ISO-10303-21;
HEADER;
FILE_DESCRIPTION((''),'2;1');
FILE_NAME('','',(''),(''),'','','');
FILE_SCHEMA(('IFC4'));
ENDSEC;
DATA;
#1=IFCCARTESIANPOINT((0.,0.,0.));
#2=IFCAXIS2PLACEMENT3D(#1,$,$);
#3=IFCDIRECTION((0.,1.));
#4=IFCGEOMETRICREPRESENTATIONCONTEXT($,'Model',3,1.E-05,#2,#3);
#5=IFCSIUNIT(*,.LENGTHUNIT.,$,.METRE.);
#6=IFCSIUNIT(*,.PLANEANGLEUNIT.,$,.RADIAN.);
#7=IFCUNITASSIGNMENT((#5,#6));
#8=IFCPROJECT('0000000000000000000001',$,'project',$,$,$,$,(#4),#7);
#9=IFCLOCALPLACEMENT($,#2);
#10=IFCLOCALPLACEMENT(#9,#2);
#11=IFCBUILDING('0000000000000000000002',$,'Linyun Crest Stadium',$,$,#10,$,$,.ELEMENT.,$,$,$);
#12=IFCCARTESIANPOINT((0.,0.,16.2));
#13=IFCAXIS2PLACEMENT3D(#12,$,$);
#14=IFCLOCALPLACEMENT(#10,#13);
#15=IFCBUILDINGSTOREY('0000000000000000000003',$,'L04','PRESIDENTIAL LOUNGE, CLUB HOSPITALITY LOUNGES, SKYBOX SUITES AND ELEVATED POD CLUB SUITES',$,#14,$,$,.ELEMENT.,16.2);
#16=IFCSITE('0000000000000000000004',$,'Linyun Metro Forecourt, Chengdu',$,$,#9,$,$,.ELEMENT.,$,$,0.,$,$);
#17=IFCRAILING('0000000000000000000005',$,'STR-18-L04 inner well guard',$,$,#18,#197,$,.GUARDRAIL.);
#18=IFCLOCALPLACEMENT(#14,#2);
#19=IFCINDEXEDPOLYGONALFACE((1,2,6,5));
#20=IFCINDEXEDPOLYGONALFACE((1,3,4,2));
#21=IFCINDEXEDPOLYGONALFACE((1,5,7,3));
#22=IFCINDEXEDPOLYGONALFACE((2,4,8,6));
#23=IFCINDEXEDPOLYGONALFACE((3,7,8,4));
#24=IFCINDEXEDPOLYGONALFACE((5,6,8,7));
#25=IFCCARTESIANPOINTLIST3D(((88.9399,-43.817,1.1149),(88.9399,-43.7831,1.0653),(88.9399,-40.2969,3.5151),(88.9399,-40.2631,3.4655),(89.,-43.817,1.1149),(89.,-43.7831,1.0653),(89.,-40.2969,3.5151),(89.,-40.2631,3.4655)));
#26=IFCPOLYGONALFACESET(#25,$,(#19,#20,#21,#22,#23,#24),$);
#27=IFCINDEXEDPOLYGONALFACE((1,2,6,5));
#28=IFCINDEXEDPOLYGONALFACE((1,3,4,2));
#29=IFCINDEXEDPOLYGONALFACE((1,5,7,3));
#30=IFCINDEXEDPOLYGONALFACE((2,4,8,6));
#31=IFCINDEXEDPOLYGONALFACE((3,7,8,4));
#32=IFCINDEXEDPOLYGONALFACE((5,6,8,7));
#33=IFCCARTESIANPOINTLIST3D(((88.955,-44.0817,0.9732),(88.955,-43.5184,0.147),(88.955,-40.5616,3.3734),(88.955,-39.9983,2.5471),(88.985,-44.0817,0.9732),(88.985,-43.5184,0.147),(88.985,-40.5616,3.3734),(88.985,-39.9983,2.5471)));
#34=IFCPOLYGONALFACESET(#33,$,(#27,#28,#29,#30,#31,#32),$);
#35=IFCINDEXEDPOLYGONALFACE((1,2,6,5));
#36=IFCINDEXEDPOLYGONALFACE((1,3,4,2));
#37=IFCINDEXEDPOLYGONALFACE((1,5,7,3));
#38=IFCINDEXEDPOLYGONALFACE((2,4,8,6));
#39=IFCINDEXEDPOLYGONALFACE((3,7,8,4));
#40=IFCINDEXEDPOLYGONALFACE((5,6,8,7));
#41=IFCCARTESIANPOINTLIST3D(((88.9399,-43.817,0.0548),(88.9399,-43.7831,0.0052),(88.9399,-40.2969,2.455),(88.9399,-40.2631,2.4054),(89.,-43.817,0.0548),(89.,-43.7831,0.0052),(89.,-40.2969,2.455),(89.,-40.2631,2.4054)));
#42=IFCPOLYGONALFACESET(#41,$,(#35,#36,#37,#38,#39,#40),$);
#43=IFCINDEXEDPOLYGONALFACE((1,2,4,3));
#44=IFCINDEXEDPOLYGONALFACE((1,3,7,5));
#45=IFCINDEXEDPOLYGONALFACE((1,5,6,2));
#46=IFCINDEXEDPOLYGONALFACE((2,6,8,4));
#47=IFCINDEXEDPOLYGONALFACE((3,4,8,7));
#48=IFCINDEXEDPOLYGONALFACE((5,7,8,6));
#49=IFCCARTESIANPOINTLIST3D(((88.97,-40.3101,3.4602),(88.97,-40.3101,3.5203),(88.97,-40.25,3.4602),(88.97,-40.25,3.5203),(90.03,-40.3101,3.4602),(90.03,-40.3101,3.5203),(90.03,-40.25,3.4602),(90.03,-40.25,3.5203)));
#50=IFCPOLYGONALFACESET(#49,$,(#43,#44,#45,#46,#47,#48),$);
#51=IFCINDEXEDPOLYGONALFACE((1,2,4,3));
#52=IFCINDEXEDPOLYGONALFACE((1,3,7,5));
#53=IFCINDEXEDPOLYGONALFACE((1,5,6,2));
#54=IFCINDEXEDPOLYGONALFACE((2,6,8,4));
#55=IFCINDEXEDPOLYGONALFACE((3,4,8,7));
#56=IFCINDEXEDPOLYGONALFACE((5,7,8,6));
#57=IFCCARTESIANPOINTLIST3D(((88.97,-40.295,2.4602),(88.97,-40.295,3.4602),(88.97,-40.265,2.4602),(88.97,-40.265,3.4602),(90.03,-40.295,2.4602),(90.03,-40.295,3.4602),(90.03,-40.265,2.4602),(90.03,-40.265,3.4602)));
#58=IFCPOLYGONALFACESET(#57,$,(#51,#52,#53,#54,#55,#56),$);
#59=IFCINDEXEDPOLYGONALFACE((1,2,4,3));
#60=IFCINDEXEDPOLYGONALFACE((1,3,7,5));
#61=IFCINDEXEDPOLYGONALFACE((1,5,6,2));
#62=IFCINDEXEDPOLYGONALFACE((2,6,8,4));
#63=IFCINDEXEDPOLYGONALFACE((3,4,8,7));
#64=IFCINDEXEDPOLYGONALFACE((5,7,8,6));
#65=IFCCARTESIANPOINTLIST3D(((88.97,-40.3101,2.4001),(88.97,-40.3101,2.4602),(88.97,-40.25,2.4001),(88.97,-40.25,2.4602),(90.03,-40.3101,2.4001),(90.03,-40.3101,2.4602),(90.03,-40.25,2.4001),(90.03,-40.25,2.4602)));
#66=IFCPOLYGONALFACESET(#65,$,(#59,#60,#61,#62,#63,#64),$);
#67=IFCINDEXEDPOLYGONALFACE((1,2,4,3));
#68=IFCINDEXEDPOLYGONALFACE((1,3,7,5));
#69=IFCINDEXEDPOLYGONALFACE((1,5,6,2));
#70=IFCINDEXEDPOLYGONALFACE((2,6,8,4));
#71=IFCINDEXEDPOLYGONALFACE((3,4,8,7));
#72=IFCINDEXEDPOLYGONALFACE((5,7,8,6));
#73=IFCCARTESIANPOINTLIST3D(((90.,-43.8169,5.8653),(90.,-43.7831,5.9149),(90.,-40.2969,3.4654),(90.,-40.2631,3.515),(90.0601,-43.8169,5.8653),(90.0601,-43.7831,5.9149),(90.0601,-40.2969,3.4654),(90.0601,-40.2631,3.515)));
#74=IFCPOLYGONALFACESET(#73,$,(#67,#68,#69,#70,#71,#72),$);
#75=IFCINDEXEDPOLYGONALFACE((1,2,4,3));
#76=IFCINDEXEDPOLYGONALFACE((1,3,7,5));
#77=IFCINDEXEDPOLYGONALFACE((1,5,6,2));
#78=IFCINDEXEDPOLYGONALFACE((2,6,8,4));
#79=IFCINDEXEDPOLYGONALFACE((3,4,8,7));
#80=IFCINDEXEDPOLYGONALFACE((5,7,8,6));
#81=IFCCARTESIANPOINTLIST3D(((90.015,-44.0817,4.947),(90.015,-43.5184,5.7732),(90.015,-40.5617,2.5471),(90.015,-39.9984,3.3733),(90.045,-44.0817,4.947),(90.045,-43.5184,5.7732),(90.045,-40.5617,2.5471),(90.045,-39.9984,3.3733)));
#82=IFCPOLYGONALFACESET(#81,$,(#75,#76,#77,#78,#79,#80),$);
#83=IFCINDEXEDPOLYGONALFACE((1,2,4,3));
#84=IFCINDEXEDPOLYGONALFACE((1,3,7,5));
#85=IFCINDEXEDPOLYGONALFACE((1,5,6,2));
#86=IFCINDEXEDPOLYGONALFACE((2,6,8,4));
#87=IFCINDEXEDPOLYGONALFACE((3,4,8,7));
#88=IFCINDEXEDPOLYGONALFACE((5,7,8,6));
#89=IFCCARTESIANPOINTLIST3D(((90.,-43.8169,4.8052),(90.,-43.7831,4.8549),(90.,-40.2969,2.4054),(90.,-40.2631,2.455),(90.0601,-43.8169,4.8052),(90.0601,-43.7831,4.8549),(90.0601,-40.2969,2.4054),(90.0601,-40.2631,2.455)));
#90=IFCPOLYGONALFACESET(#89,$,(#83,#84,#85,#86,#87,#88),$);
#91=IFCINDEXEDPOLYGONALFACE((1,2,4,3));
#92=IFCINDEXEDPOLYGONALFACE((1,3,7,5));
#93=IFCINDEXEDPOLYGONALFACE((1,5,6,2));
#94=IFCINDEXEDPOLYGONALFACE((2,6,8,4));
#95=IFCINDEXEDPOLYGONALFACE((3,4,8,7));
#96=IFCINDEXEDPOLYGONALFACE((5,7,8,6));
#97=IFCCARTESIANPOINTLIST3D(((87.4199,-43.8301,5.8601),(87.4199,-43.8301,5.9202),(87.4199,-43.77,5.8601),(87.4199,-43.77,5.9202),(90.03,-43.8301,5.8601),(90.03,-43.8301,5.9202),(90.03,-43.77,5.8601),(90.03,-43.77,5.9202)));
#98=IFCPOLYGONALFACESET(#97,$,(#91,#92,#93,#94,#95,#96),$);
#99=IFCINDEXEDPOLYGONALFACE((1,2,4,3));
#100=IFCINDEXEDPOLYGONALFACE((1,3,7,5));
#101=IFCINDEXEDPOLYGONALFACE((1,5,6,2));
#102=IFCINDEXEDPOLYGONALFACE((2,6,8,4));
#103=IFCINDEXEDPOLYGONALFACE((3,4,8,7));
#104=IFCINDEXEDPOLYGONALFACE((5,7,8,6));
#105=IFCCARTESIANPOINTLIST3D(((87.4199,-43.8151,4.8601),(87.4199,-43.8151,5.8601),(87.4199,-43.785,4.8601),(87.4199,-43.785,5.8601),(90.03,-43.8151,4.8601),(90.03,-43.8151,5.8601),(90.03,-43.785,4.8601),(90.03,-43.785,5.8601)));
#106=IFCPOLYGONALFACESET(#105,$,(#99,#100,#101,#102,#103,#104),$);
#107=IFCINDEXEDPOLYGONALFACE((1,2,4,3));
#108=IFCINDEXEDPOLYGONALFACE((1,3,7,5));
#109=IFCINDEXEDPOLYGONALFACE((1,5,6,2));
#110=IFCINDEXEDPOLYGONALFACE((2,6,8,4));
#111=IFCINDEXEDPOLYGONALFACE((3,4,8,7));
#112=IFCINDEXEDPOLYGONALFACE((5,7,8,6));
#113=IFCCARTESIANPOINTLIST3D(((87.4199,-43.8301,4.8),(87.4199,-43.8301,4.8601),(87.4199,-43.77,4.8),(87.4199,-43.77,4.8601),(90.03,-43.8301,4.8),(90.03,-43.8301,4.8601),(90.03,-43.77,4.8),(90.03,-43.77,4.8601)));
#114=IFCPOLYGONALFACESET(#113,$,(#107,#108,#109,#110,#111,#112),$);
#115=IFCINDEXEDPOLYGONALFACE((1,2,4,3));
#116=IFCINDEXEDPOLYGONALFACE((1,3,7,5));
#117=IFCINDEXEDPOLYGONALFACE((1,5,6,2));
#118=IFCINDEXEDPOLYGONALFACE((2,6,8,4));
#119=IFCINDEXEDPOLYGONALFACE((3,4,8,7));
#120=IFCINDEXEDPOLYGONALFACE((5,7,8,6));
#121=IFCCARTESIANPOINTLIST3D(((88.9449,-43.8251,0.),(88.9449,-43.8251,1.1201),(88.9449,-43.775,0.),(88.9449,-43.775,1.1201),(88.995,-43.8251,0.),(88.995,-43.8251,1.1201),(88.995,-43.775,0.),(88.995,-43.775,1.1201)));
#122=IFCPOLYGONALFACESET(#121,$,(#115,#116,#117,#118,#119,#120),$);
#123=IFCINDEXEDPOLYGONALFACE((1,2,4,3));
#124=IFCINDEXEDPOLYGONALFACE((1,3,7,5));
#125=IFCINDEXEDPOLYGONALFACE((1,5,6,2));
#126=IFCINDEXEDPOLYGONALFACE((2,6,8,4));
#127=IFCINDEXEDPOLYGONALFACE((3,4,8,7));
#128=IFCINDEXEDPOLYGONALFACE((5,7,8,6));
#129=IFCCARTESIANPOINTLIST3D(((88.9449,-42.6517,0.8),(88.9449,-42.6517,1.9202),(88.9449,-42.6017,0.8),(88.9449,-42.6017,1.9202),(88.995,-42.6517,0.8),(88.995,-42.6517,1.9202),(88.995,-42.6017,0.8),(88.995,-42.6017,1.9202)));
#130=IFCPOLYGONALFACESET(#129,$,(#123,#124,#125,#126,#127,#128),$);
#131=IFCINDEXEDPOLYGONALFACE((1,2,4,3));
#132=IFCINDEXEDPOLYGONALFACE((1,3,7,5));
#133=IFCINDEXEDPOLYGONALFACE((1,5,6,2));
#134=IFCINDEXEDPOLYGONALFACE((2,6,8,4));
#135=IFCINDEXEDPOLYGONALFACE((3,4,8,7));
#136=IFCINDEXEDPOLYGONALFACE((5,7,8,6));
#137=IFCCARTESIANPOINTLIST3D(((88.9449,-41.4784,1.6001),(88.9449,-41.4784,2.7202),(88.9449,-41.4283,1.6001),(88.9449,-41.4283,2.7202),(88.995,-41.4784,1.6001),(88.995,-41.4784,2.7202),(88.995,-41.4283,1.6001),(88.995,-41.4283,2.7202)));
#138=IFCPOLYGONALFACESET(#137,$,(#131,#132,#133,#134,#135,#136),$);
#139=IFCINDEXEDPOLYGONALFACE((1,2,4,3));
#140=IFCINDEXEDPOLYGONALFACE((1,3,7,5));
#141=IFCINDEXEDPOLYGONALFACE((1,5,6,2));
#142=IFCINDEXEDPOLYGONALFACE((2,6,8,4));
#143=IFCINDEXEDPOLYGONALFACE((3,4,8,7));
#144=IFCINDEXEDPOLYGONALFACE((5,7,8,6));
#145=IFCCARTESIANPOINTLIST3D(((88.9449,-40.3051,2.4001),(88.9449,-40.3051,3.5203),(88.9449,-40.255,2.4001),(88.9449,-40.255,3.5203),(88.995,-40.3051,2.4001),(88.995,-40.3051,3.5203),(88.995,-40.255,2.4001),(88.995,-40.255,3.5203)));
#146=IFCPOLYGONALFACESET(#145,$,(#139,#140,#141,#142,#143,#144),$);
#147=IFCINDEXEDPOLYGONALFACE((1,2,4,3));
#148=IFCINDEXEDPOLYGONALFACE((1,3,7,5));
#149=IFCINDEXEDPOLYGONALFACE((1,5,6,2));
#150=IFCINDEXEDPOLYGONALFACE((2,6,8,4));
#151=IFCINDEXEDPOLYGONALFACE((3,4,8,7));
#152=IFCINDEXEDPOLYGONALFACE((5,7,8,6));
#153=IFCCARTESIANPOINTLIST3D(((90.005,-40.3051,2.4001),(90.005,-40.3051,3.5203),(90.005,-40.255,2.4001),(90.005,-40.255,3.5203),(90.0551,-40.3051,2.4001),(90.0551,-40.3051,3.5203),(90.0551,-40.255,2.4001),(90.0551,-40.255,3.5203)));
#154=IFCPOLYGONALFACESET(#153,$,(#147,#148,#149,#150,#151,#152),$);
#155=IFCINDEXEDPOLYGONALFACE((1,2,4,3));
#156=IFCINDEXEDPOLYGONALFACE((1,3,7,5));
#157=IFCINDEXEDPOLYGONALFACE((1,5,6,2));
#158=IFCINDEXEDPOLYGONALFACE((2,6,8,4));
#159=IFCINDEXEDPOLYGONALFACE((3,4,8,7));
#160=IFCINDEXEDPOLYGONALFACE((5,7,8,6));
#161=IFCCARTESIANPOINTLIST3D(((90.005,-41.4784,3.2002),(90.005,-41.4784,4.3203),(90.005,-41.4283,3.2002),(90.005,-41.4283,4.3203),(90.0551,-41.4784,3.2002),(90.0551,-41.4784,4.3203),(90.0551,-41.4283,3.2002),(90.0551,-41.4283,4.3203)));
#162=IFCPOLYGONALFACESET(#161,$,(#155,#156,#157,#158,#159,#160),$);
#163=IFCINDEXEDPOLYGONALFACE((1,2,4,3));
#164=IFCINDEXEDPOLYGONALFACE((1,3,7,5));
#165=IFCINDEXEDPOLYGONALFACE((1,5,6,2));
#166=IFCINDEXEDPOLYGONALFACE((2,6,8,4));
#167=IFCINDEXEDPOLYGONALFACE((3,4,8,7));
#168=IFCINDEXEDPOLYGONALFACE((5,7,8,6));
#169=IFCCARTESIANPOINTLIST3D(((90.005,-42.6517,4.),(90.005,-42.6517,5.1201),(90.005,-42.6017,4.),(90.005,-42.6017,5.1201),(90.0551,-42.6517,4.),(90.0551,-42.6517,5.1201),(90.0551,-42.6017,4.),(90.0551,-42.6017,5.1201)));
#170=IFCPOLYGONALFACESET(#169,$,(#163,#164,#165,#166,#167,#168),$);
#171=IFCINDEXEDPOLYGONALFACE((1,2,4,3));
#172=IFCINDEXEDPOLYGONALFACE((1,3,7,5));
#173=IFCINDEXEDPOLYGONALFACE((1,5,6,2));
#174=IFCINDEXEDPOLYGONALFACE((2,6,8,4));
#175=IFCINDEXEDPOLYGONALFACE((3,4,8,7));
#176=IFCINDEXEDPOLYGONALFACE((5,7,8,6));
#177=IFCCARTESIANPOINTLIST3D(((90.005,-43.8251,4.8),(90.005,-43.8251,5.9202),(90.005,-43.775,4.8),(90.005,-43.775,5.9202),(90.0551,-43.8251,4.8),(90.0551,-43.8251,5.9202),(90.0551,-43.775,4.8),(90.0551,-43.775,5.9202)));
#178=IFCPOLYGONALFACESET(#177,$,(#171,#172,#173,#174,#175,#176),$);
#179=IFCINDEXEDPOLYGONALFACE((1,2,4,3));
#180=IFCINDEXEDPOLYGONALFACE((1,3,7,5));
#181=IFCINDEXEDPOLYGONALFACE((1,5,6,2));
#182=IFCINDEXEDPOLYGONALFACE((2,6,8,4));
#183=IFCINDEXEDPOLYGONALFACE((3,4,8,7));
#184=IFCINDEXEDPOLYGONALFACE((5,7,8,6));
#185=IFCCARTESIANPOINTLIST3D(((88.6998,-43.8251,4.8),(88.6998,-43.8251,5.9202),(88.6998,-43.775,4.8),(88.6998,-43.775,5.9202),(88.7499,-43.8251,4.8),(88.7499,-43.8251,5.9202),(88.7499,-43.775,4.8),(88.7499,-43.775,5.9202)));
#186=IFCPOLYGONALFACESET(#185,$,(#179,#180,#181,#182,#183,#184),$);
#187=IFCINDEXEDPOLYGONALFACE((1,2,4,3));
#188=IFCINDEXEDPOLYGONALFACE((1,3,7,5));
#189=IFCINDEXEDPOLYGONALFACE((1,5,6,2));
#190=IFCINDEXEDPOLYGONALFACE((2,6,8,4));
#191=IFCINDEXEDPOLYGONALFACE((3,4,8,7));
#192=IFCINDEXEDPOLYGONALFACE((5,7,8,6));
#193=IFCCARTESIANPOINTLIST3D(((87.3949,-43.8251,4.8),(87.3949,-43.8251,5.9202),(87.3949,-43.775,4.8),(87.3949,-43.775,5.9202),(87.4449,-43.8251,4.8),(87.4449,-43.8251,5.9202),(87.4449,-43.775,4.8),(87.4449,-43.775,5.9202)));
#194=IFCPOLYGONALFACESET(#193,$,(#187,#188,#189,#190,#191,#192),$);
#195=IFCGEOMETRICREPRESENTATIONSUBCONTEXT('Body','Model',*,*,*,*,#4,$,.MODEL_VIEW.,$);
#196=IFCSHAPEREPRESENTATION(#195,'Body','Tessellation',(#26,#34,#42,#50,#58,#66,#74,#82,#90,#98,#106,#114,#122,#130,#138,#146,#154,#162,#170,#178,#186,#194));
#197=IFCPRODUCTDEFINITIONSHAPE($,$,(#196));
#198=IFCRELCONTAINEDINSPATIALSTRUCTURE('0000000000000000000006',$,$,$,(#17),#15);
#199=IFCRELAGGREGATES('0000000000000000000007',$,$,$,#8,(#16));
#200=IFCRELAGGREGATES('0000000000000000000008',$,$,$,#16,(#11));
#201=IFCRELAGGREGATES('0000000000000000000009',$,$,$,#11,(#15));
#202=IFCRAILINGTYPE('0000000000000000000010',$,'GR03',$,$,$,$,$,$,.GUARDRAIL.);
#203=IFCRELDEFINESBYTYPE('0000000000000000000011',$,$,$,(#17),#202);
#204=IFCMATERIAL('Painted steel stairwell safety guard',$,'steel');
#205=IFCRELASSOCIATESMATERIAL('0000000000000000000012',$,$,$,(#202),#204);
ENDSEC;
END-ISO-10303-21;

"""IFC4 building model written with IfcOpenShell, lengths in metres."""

from ifc_helpers import new_model, si_unit, direction, frame, origin, origin_2d, place, context, subcontext, project, spatial, rectangle, extrude, material, type_object, element, save


model = new_model("IFC4")

# Units and contexts
model_context = context("Model", 3, precision=1e-05, world=origin(), true_north=direction((0.0, 1.0)))
body_context = subcontext(model_context, "Body", "Model", "MODEL_VIEW")
ifc_project = project(units=[si_unit("LENGTHUNIT", "METRE"), si_unit("PLANEANGLEUNIT", "RADIAN")], contexts=[model_context])

# Site, building, storey
site_placement = place(None, origin())
site = spatial("IfcSite", under=ifc_project, at=site_placement, Name="Linyun Metro Forecourt, Chengdu", CompositionType="ELEMENT", RefElevation=0.0)
building_placement = place(site_placement, origin())
building = spatial("IfcBuilding", under=site, at=building_placement, Name="Linyun Crest Stadium", CompositionType="ELEMENT")
storey_placement = place(building_placement, frame((0.0, 0.0, 16.2)))
storey = spatial("IfcBuildingStorey", under=building, at=storey_placement, Name="L04", Description="PRESIDENTIAL LOUNGE, CLUB HOSPITALITY LOUNGES, SKYBOX SUITES AND ELEVATED POD CLUB SUITES", CompositionType="ELEMENT", Elevation=16.2)

# Railing
ifc_material_1 = material(Name="Painted steel stairwell safety guard", Category="steel")
railing_type_1 = type_object("IfcRailingType", Name="GR03", PredefinedType="GUARDRAIL", material=ifc_material_1)
railing_1_placement = place(storey_placement, frame((88.97, -43.8, 0.0)))
element("IfcRailing", 1, at=railing_1_placement, inside=storey, type_object=railing_type_1, Name="STR-18-L04 inner well guard", PredefinedType="GUARDRAIL", context=body_context, shape_type="SweptSolid", body=[
    extrude(rectangle(XDim=0.0601, YDim=0.0601, at=origin_2d()), frame((0.0, 0.0, 1.0901), z_axis=(0.0, 0.826213, 0.563358), x_axis=(-1.0, 0.0, 0.0)), (0.0, 0.0, 1.0), 4.2605),
    extrude(rectangle(XDim=0.03, YDim=1.0, at=origin_2d()), frame((0.0, 0.0, 0.5601), z_axis=(0.0, 0.826213, 0.563358), x_axis=(-1.0, 0.0, 0.0)), (0.0, 0.0, 1.0), 4.2605),
    extrude(rectangle(XDim=0.0601, YDim=0.0601, at=origin_2d()), frame((0.0, 0.0, 0.03), z_axis=(0.0, 0.826213, 0.563358), x_axis=(-1.0, 0.0, 0.0)), (0.0, 0.0, 1.0), 4.2605),
    extrude(rectangle(XDim=0.0601, YDim=0.0601, at=origin_2d()), frame((0.0, 3.52, 3.4902), z_axis=(1.0, 0.0, 0.0), x_axis=(0.0, 1.0, 0.0)), (0.0, 0.0, 1.0), 1.0601),
    extrude(rectangle(XDim=0.03, YDim=1.0, at=origin_2d()), frame((0.0, 3.52, 2.9602), z_axis=(1.0, 0.0, 0.0), x_axis=(0.0, 1.0, 0.0)), (0.0, 0.0, 1.0), 1.0601),
    extrude(rectangle(XDim=0.0601, YDim=0.0601, at=origin_2d()), frame((0.0, 3.52, 2.4302), z_axis=(1.0, 0.0, 0.0), x_axis=(0.0, 1.0, 0.0)), (0.0, 0.0, 1.0), 1.0601),
    extrude(rectangle(XDim=0.0601, YDim=0.0601, at=origin_2d()), frame((1.0601, 3.52, 3.4902), z_axis=(0.0, -0.826239, 0.563319), x_axis=(1.0, 0.0, 0.0)), (0.0, 0.0, 1.0), 4.2603),
    extrude(rectangle(XDim=0.03, YDim=1.0, at=origin_2d()), frame((1.0601, 3.52, 2.9602), z_axis=(0.0, -0.826239, 0.563319), x_axis=(1.0, 0.0, 0.0)), (0.0, 0.0, 1.0), 4.2603),
    extrude(rectangle(XDim=0.0601, YDim=0.0601, at=origin_2d()), frame((1.0601, 3.52, 2.4302), z_axis=(0.0, -0.826239, 0.563319), x_axis=(1.0, 0.0, 0.0)), (0.0, 0.0, 1.0), 4.2603),
    extrude(rectangle(XDim=0.0601, YDim=0.0601, at=origin_2d()), frame((1.0601, 0.0, 5.8901), z_axis=(-1.0, 0.0, 0.0), x_axis=(0.0, -1.0, 0.0)), (0.0, 0.0, 1.0), 2.6101),
    extrude(rectangle(XDim=0.03, YDim=1.0, at=origin_2d()), frame((1.0601, 0.0, 5.3601), z_axis=(-1.0, 0.0, 0.0), x_axis=(0.0, -1.0, 0.0)), (0.0, 0.0, 1.0), 2.6101),
    extrude(rectangle(XDim=0.0601, YDim=0.0601, at=origin_2d()), frame((1.0601, 0.0, 4.8301), z_axis=(-1.0, 0.0, 0.0), x_axis=(0.0, -1.0, 0.0)), (0.0, 0.0, 1.0), 2.6101),
    extrude(rectangle(XDim=0.05, YDim=0.05, at=origin_2d()), origin(), (0.0, 0.0, 1.0), 1.1201),
    extrude(rectangle(XDim=0.05, YDim=0.05, at=origin_2d()), frame((0.0, 1.1733, 0.8)), (0.0, 0.0, 1.0), 1.1201),
    extrude(rectangle(XDim=0.05, YDim=0.05, at=origin_2d()), frame((0.0, 2.3467, 1.6001)), (0.0, 0.0, 1.0), 1.1201),
    extrude(rectangle(XDim=0.05, YDim=0.05, at=origin_2d()), frame((0.0, 3.52, 2.4001)), (0.0, 0.0, 1.0), 1.1201),
    extrude(rectangle(XDim=0.05, YDim=0.05, at=origin_2d()), frame((1.0601, 3.52, 2.4001)), (0.0, 0.0, 1.0), 1.1201),
    extrude(rectangle(XDim=0.05, YDim=0.05, at=origin_2d()), frame((1.0601, 2.3467, 3.2002)), (0.0, 0.0, 1.0), 1.1201),
    extrude(rectangle(XDim=0.05, YDim=0.05, at=origin_2d()), frame((1.0601, 1.1733, 4.0)), (0.0, 0.0, 1.0), 1.1201),
    extrude(rectangle(XDim=0.05, YDim=0.05, at=origin_2d()), frame((1.0601, 0.0, 4.8)), (0.0, 0.0, 1.0), 1.1201),
    extrude(rectangle(XDim=0.05, YDim=0.05, at=origin_2d()), frame((-0.2451, 0.0, 4.8)), (0.0, 0.0, 1.0), 1.1201),
    extrude(rectangle(XDim=0.05, YDim=0.05, at=origin_2d()), frame((-1.55, 0.0, 4.8)), (0.0, 0.0, 1.0), 1.1201),
])

save(model, "model.ifc")
